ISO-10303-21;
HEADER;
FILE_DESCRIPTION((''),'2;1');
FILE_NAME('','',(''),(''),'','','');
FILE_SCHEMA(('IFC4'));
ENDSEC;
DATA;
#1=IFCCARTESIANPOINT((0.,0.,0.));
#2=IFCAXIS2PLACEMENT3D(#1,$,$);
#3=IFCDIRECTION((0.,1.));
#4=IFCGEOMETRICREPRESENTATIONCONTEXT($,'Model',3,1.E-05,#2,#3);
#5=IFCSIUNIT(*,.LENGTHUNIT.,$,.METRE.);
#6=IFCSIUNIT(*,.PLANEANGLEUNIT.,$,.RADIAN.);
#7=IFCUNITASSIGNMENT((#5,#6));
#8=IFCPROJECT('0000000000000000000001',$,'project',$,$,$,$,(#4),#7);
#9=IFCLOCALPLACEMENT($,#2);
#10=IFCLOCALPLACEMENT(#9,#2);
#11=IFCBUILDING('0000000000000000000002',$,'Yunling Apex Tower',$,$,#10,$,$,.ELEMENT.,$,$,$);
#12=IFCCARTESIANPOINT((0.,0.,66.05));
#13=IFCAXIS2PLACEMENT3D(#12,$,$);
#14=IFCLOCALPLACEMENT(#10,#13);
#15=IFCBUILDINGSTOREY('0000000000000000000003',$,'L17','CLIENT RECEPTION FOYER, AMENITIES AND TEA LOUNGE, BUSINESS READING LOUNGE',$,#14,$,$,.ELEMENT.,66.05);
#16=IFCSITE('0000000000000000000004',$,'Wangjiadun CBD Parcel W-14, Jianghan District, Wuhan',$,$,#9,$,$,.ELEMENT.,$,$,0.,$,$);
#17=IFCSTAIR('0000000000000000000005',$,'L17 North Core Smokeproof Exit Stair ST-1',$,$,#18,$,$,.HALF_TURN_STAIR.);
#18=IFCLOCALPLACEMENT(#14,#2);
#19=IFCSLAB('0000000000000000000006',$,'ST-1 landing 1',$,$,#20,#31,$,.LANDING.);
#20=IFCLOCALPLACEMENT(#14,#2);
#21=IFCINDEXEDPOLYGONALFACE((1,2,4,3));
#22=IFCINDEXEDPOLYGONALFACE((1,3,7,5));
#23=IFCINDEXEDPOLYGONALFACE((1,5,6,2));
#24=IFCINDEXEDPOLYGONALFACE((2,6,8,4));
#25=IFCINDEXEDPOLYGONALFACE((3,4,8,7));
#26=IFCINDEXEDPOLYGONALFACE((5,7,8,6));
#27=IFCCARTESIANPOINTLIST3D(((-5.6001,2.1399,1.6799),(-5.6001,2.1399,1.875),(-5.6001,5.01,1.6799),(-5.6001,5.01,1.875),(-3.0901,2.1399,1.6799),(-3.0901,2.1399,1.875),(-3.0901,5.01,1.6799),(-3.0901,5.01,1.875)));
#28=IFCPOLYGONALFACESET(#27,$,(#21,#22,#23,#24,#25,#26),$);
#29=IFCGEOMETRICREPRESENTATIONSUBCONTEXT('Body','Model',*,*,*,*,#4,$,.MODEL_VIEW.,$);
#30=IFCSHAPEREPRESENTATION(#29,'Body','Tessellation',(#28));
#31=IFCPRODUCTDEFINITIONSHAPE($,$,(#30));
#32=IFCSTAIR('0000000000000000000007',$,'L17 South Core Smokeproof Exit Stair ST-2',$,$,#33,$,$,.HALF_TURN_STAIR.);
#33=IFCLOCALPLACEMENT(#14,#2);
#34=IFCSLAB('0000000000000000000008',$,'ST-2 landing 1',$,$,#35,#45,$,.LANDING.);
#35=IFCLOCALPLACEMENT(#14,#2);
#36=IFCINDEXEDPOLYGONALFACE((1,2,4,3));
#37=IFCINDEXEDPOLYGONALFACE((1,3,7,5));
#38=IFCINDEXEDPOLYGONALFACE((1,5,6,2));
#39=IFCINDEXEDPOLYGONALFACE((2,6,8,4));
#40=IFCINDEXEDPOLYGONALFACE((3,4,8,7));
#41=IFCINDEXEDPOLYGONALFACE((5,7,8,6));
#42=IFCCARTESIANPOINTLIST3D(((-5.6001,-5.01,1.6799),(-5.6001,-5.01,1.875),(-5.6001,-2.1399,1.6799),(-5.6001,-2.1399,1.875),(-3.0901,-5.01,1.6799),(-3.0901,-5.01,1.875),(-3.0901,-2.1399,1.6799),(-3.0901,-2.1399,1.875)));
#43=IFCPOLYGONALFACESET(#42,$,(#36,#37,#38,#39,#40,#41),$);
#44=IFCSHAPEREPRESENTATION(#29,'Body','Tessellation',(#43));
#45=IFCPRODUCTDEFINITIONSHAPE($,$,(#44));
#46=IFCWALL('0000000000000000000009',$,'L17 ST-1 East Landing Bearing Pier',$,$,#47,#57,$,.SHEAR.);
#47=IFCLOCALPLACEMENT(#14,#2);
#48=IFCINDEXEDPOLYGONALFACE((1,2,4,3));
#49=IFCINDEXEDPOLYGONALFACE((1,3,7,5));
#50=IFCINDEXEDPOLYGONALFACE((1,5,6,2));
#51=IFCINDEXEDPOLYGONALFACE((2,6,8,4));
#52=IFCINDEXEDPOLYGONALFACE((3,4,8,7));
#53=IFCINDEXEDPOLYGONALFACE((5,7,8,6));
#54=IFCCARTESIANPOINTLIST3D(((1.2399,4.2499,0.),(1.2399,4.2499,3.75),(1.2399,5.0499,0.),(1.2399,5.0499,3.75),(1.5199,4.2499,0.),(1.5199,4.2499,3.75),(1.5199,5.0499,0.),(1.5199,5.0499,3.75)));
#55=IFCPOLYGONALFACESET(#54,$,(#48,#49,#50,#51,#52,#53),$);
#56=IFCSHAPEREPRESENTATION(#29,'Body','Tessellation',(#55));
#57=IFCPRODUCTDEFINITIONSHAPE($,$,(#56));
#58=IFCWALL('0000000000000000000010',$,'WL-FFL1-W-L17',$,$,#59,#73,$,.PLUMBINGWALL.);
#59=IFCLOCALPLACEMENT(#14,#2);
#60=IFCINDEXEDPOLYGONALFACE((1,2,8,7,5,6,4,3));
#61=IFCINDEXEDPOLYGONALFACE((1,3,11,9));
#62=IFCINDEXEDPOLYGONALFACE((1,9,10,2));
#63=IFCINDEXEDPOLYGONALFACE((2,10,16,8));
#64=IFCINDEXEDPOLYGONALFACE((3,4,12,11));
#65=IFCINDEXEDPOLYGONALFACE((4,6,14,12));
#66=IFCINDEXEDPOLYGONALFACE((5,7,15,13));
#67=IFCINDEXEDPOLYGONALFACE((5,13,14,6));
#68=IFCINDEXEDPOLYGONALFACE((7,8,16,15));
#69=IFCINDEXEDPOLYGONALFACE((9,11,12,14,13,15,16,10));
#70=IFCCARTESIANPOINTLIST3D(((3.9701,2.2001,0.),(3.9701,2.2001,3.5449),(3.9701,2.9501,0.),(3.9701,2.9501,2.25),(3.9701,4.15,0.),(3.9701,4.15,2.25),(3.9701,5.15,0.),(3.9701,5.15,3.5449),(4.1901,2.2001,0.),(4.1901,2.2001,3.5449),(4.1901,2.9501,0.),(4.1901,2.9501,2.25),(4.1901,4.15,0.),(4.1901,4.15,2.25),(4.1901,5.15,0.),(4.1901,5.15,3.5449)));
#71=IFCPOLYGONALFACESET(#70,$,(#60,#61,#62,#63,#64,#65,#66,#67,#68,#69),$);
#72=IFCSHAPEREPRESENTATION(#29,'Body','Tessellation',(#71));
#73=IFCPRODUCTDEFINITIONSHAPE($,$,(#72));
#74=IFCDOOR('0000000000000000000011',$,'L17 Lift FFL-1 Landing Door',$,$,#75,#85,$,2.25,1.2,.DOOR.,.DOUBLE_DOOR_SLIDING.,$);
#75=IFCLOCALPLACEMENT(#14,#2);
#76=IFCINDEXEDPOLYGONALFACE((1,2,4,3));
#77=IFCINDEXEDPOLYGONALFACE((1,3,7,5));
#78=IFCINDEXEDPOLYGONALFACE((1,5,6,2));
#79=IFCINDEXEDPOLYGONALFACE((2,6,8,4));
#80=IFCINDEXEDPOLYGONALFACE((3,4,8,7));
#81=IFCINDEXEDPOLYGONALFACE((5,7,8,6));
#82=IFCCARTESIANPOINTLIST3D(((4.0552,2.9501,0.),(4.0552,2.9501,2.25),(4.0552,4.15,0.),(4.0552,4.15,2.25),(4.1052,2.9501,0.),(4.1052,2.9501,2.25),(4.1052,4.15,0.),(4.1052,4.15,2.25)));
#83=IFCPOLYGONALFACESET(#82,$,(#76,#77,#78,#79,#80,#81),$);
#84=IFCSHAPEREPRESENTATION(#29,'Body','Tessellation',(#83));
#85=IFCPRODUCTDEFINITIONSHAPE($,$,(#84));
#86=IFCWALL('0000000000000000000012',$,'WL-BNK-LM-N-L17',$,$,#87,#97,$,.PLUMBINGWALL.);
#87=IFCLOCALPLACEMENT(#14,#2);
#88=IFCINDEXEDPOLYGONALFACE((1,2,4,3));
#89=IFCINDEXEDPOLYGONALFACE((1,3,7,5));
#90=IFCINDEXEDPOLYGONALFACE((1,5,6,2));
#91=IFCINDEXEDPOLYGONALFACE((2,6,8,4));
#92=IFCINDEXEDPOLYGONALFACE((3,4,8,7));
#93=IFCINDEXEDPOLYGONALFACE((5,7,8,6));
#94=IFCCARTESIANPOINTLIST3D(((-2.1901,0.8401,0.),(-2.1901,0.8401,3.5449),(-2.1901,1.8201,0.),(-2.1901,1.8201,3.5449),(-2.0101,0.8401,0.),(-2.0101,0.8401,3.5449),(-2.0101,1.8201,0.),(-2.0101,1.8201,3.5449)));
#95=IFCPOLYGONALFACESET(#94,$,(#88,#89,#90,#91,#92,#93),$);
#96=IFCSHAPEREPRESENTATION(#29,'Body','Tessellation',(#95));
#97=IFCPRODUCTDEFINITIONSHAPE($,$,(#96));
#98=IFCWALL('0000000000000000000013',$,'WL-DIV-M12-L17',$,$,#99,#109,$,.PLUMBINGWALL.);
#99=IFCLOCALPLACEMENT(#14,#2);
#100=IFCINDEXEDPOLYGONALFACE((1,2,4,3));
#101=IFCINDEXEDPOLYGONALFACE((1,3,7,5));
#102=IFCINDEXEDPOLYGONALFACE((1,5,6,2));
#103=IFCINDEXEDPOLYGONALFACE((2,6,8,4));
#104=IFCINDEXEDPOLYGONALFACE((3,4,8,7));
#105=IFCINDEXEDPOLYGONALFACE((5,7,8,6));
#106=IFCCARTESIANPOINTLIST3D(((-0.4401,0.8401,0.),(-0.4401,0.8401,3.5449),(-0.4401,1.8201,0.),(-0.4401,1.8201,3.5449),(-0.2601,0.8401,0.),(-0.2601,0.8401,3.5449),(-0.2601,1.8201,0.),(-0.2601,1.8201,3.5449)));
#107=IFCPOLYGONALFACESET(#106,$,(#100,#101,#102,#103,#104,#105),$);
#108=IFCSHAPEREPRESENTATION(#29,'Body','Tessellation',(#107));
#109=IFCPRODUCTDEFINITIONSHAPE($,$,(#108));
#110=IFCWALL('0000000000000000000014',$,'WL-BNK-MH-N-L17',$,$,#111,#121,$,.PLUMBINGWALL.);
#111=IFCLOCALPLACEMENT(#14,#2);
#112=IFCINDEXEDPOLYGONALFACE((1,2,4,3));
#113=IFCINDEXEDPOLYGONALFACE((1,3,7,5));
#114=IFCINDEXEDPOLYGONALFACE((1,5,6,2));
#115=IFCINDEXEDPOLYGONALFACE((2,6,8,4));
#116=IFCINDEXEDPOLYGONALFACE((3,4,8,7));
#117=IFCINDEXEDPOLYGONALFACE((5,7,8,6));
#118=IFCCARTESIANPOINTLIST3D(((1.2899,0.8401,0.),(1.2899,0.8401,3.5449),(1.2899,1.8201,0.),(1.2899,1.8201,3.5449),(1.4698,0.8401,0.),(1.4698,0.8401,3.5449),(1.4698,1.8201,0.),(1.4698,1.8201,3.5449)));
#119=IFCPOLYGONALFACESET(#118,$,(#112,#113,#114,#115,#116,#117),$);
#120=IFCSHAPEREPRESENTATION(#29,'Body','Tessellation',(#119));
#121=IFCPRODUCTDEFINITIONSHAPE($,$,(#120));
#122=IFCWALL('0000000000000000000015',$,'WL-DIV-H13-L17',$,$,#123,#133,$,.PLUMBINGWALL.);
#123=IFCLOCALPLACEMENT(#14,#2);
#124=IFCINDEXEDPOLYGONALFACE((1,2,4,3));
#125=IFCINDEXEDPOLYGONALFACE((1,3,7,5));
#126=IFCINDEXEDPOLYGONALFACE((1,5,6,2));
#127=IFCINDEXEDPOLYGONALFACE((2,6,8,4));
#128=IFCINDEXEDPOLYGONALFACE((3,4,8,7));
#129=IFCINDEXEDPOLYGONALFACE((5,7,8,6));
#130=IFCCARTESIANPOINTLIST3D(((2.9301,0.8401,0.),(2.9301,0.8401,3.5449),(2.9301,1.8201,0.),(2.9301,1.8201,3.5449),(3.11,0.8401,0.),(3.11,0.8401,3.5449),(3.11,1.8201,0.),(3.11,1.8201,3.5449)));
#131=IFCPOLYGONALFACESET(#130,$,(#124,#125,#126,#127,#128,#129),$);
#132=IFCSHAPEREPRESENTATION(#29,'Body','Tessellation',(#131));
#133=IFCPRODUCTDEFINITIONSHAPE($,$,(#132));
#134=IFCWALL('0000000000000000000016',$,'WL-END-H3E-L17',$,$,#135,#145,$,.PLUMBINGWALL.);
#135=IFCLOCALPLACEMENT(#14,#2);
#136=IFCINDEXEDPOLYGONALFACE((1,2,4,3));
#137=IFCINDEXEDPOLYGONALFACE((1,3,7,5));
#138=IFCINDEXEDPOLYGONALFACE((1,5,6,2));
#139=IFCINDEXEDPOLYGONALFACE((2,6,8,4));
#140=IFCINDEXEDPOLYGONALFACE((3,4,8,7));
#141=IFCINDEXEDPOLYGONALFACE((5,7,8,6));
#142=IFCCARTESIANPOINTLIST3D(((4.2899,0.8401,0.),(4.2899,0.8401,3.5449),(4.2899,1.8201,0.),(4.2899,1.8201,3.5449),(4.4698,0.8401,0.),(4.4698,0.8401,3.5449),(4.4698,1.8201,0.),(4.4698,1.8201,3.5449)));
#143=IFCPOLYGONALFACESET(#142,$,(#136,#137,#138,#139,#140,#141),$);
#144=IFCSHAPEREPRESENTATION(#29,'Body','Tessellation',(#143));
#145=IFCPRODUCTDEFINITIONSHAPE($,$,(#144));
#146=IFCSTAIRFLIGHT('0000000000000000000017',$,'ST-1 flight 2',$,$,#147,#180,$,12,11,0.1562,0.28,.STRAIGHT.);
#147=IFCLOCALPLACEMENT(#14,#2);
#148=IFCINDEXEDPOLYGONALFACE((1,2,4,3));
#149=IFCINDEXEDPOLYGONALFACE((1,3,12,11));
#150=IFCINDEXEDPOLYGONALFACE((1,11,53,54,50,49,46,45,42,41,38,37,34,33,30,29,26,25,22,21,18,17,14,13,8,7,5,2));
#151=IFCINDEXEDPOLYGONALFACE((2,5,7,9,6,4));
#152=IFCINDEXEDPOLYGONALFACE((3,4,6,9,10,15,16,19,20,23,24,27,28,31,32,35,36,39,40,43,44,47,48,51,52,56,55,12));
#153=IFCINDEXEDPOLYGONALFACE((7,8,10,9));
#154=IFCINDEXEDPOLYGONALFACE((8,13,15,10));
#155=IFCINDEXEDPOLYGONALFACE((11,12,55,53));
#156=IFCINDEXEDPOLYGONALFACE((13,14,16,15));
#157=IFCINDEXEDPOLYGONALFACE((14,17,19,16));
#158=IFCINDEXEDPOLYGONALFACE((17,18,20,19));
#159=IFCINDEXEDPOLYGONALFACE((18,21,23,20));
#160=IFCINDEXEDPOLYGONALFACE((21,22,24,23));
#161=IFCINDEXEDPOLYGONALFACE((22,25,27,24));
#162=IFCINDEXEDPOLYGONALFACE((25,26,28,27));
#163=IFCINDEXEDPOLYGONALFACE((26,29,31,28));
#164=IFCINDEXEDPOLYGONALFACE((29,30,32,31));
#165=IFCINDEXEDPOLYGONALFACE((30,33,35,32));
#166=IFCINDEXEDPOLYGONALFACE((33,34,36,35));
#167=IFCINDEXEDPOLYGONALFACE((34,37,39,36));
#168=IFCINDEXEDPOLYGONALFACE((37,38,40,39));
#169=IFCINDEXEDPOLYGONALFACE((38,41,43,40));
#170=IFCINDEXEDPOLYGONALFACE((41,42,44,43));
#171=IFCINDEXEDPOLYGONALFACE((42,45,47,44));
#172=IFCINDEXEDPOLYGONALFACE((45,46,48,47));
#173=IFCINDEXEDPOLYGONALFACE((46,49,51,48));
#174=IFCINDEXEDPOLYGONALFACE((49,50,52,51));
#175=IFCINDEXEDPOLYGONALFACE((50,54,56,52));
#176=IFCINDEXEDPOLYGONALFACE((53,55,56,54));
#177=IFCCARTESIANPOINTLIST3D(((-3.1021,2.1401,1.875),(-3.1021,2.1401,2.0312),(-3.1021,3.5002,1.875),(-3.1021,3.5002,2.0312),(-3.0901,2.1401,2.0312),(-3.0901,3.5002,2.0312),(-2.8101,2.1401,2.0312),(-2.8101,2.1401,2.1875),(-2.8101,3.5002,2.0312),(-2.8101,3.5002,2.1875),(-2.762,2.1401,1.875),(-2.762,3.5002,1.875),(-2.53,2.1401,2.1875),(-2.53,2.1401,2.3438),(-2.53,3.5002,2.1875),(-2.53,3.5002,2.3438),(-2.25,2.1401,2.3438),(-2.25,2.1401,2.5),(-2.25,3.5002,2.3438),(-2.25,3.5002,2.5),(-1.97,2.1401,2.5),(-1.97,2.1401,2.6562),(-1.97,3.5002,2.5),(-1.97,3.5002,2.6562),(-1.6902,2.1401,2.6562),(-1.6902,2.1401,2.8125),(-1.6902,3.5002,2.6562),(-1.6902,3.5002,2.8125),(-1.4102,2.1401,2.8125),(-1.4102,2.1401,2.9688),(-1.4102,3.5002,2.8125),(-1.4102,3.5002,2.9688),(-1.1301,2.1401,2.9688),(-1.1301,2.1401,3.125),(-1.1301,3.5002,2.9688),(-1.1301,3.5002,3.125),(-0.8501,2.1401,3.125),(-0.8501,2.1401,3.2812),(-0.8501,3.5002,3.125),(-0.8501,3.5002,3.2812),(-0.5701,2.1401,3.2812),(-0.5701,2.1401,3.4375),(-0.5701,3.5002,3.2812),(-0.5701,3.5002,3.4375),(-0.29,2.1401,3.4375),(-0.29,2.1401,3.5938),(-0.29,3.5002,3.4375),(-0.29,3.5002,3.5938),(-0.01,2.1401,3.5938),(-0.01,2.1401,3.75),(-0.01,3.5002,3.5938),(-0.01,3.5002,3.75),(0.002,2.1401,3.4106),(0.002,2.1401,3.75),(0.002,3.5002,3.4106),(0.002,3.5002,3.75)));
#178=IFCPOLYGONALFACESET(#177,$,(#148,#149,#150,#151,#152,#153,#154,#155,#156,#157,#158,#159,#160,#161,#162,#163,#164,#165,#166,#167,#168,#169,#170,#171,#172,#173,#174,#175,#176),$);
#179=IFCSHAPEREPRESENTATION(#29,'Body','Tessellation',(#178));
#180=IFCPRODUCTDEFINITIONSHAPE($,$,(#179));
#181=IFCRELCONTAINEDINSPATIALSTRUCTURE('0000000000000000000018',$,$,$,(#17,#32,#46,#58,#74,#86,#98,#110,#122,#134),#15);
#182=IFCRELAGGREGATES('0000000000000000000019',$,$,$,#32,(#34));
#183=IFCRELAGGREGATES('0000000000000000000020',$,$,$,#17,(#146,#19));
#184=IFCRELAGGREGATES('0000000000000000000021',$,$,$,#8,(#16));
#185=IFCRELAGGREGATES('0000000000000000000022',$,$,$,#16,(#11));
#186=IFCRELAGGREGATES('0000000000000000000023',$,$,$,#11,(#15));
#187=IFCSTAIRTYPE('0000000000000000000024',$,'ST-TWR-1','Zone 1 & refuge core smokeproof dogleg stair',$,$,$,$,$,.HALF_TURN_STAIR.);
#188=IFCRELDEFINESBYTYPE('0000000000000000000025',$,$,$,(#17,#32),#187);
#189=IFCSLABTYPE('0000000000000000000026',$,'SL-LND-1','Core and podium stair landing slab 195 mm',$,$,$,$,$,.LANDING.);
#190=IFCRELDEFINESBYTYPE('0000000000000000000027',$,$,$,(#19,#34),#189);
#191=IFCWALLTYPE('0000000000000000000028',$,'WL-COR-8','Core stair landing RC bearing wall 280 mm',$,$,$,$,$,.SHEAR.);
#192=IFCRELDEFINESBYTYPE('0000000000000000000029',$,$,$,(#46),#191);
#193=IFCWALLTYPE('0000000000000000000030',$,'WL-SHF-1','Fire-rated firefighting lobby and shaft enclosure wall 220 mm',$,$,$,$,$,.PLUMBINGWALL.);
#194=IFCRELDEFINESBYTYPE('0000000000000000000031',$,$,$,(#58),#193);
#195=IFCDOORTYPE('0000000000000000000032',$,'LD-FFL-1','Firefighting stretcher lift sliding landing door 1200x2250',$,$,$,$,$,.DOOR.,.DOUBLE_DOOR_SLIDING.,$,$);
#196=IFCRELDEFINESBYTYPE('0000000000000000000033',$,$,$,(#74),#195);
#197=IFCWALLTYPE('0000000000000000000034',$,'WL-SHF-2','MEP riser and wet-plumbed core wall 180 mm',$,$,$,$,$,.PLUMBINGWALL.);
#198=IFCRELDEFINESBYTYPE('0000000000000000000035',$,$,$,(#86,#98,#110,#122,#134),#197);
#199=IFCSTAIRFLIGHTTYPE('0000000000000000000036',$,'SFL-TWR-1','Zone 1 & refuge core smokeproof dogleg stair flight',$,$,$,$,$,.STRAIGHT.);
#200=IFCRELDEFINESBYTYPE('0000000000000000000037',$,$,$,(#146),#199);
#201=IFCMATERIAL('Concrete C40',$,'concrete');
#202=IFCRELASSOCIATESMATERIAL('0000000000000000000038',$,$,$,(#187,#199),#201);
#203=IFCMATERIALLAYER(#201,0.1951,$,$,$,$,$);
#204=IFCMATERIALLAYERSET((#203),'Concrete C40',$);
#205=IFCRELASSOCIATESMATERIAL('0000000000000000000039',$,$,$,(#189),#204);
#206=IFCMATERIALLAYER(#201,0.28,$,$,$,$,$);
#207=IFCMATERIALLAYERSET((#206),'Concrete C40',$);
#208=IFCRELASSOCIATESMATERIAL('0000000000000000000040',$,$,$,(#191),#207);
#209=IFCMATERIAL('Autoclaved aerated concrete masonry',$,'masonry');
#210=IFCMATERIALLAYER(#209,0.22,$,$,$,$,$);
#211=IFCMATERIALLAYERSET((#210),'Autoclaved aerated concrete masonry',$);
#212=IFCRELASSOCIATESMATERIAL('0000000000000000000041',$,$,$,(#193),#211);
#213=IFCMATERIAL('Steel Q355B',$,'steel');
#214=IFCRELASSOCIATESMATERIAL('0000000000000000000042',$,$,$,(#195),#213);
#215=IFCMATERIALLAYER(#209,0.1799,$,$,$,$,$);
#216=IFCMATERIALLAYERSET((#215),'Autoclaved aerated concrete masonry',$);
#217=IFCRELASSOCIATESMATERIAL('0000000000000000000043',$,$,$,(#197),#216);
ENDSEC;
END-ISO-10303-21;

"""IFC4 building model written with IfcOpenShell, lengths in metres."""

from ifc_helpers import new_model, si_unit, direction, frame, frame_2d, origin, place, context, subcontext, project, spatial, polyline, rectangle, outline, extrude, material, layer, layer_set, type_object, element, fill, aggregate, save


model = new_model("IFC4")

# Units and contexts
model_context = context("Model", 3, precision=1e-05, world=origin(), true_north=direction((0.0, 1.0)))
body_context = subcontext(model_context, "Body", "Model", "MODEL_VIEW")
ifc_project = project(units=[si_unit("LENGTHUNIT", "METRE"), si_unit("PLANEANGLEUNIT", "RADIAN")], contexts=[model_context])

# Site, building, storey
site_placement = place(None, origin())
site = spatial("IfcSite", under=ifc_project, at=site_placement, Name="Wangjiadun CBD Parcel W-14, Jianghan District, Wuhan", CompositionType="ELEMENT", RefElevation=0.0)
building_placement = place(site_placement, origin())
building = spatial("IfcBuilding", under=site, at=building_placement, Name="Yunling Apex Tower", CompositionType="ELEMENT")
storey_placement = place(building_placement, frame((0.0, 0.0, 66.05)))
storey = spatial("IfcBuildingStorey", under=building, at=storey_placement, Name="L17", Description="CLIENT RECEPTION FOYER, AMENITIES AND TEA LOUNGE, BUSINESS READING LOUNGE", CompositionType="ELEMENT", Elevation=66.05)

# Stairs, slabs
ifc_material_1 = material(Name="Concrete C40", Category="concrete")
stair_type = type_object("IfcStairType", Name="ST-TWR-1", Description="Zone 1 & refuge core smokeproof dogleg stair", PredefinedType="HALF_TURN_STAIR", material=ifc_material_1)
stair_1_placement = place(storey_placement, origin())
stair_1 = element("IfcStair", 1, at=stair_1_placement, inside=storey, type_object=stair_type, Name="L17 North Core Smokeproof Exit Stair ST-1", PredefinedType="HALF_TURN_STAIR")
ifc_layer_1 = layer(ifc_material_1, 0.1951)
ifc_layer_set_1 = layer_set([ifc_layer_1], Name="Concrete C40")
slab_type = type_object("IfcSlabType", Name="SL-LND-1", Description="Core and podium stair landing slab 195 mm", PredefinedType="LANDING", material=ifc_layer_set_1)
slab_1_placement = place(storey_placement, frame((0.0, 0.0, 1.6799)))
slab_1 = element("IfcSlab", 2, at=slab_1_placement, type_object=slab_type, Name="ST-1 landing 1", PredefinedType="LANDING", context=body_context, shape_type="SweptSolid", body=[
    extrude(outline(polyline([(-3.0901, 5.01), (-5.6001, 5.01), (-5.6001, 2.1399), (-3.0901, 2.1399), (-3.0901, 5.01)])), origin(), (0.0, 0.0, 1.0), 0.1951),
])
stair_2_placement = place(storey_placement, origin())
stair_2 = element("IfcStair", 3, at=stair_2_placement, inside=storey, type_object=stair_type, Name="L17 South Core Smokeproof Exit Stair ST-2", PredefinedType="HALF_TURN_STAIR")
slab_2_placement = place(storey_placement, frame((0.0, 0.0, 1.6799)))
slab_2 = element("IfcSlab", 4, at=slab_2_placement, type_object=slab_type, Name="ST-2 landing 1", PredefinedType="LANDING", context=body_context, shape_type="SweptSolid", body=[
    extrude(outline(polyline([(-3.0901, -2.1399), (-5.6001, -2.1399), (-5.6001, -5.01), (-3.0901, -5.01), (-3.0901, -2.1399)])), origin(), (0.0, 0.0, 1.0), 0.1951),
])
aggregate(stair_2, [slab_2])

# Wall
ifc_layer_2 = layer(ifc_material_1, 0.28)
ifc_layer_set_2 = layer_set([ifc_layer_2], Name="Concrete C40")
wall_type_1 = type_object("IfcWallType", Name="WL-COR-8", Description="Core stair landing RC bearing wall 280 mm", PredefinedType="SHEAR", material=ifc_layer_set_2)
wall_1_placement = place(storey_placement, frame((1.3799, 4.25, 0.0), z_axis=(0.0, 0.0, 1.0), x_axis=(0.0, 1.0, 0.0)))
element("IfcWall", 5, at=wall_1_placement, inside=storey, type_object=wall_type_1, Name="L17 ST-1 East Landing Bearing Pier", PredefinedType="SHEAR", context=body_context, shape_type="SweptSolid", body=[
    extrude(rectangle(XDim=0.8, YDim=0.28, at=frame_2d((0.3999, 0.0))), origin(), (0.0, 0.0, 1.0), 3.75),
])

# Wall, opening, door
ifc_material_2 = material(Name="Autoclaved aerated concrete masonry", Category="masonry")
ifc_layer_3 = layer(ifc_material_2, 0.22)
ifc_layer_set_3 = layer_set([ifc_layer_3], Name="Autoclaved aerated concrete masonry")
wall_type_2 = type_object("IfcWallType", Name="WL-SHF-1", Description="Fire-rated firefighting lobby and shaft enclosure wall 220 mm", PredefinedType="PLUMBINGWALL", material=ifc_layer_set_3)
ifc_material_3 = material(Name="Steel Q355B", Category="steel")
wall_2_placement = place(storey_placement, frame((4.0801, 2.2, 0.0), z_axis=(0.0, 0.0, 1.0), x_axis=(0.0, 1.0, 0.0)))
wall_2 = element("IfcWall", 6, at=wall_2_placement, inside=storey, type_object=wall_type_2, Name="WL-FFL1-W-L17", PredefinedType="PLUMBINGWALL", context=body_context, shape_type="SweptSolid", body=[
    extrude(rectangle(XDim=2.95, YDim=0.22, at=frame_2d((1.4751, 0.0))), origin(), (0.0, 0.0, 1.0), 3.5449),
])
opening_1_placement = place(wall_2_placement, frame((0.75, 0.0, 0.0)))
opening_1 = element("IfcOpeningElement", 7, at=opening_1_placement, cuts=wall_2, PredefinedType="OPENING", context=body_context, shape_type="SweptSolid", body=[
    extrude(rectangle(XDim=1.2, YDim=2.25, at=frame_2d((0.6001, 1.125))), frame((0.0, 0.1201, 0.0), z_axis=(0.0, -1.0, 0.0), x_axis=(1.0, 0.0, 0.0)), (0.0, 0.0, 1.0), 0.24),
])
door_type_1 = type_object("IfcDoorType", Name="LD-FFL-1", Description="Firefighting stretcher lift sliding landing door 1200x2250", OperationType="DOUBLE_DOOR_SLIDING", PredefinedType="DOOR", material=ifc_material_3)
door_1_placement = place(opening_1_placement, origin())
door_1 = element("IfcDoor", 8, at=door_1_placement, inside=storey, type_object=door_type_1, Name="L17 Lift FFL-1 Landing Door", OperationType="DOUBLE_DOOR_SLIDING", OverallHeight=2.25, OverallWidth=1.2, PredefinedType="DOOR", context=body_context, shape_type="SweptSolid", body=[
    extrude(rectangle(XDim=1.2, YDim=2.25, at=frame_2d((0.6001, 1.125))), frame((0.0, 0.0249, 0.0), z_axis=(0.0, -1.0, 0.0), x_axis=(1.0, 0.0, 0.0)), (0.0, 0.0, 1.0), 0.05),
])
fill(opening_1, door_1)

# Walls
ifc_layer_4 = layer(ifc_material_2, 0.1799)
ifc_layer_set_4 = layer_set([ifc_layer_4], Name="Autoclaved aerated concrete masonry")
wall_type_3 = type_object("IfcWallType", Name="WL-SHF-2", Description="MEP riser and wet-plumbed core wall 180 mm", PredefinedType="PLUMBINGWALL", material=ifc_layer_set_4)
for number, where, z_axis, x_axis, name in (
    (9, (-2.1001, 0.8401, 0.0), (0.0, 0.0, 1.0), (0.0, 1.0, 0.0), "WL-BNK-LM-N-L17"),
    (10, (-0.3501, 0.8401, 0.0), (0.0, 0.0, 1.0), (0.0, 1.0, 0.0), "WL-DIV-M12-L17"),
    (11, (1.3799, 0.8401, 0.0), (0.0, 0.0, 1.0), (0.0, 1.0, 0.0), "WL-BNK-MH-N-L17"),
    (12, (3.02, 0.8401, 0.0), (0.0, 0.0, 1.0), (0.0, 1.0, 0.0), "WL-DIV-H13-L17"),
    (13, (4.3799, 0.8401, 0.0), (0.0, 0.0, 1.0), (0.0, 1.0, 0.0), "WL-END-H3E-L17"),
):
    element("IfcWall", number, at=place(storey_placement, frame(where, z_axis=z_axis, x_axis=x_axis)), inside=storey, type_object=wall_type_3, Name=name, PredefinedType="PLUMBINGWALL", context=body_context, shape_type="SweptSolid", body=[
        extrude(rectangle(XDim=0.98, YDim=0.1799, at=frame_2d((0.49, 0.0))), origin(), (0.0, 0.0, 1.0), 3.5449),
    ])

# Stair flight
stair_flight_type = type_object("IfcStairFlightType", Name="SFL-TWR-1", Description="Zone 1 & refuge core smokeproof dogleg stair flight", PredefinedType="STRAIGHT", material=ifc_material_1)
stair_flight_placement = place(storey_placement, frame((-3.0901, 2.8201, 1.875), z_axis=(0.0, 0.0, 1.0), x_axis=(1.0, 0.0, 0.0)))
stair_flight = element("IfcStairFlight", 14, at=stair_flight_placement, type_object=stair_flight_type, Name="ST-1 flight 2", NumberOfRisers=12, NumberOfTreads=11, PredefinedType="STRAIGHT", RiserHeight=0.1562, TreadLength=0.28, context=body_context, shape_type="SweptSolid", body=[
    extrude(outline(polyline([(-0.012, 0.0), (-0.012, 0.1562), (0.0, 0.1562), (0.28, 0.1562), (0.28, 0.3125), (0.5601, 0.3125), (0.5601, 0.4688), (0.8401, 0.4688), (0.8401, 0.625), (1.1201, 0.625), (1.1201, 0.7812), (1.3999, 0.7812), (1.3999, 0.9375), (1.6799, 0.9375), (1.6799, 1.0938), (1.96, 1.0938), (1.96, 1.25), (2.24, 1.25), (2.24, 1.4062), (2.52, 1.4062), (2.52, 1.5625), (2.8, 1.5625), (2.8, 1.7188), (3.0801, 1.7188), (3.0801, 1.875), (3.092, 1.875), (3.092, 1.5356), (0.3281, 0.0), (-0.012, 0.0)])), frame((0.0, 0.6802, 0.0), z_axis=(0.0, -1.0, 0.0), x_axis=(1.0, 0.0, 0.0)), (0.0, 0.0, 1.0), 1.3601),
])
aggregate(stair_1, [stair_flight, slab_1])

save(model, "model.ifc")
